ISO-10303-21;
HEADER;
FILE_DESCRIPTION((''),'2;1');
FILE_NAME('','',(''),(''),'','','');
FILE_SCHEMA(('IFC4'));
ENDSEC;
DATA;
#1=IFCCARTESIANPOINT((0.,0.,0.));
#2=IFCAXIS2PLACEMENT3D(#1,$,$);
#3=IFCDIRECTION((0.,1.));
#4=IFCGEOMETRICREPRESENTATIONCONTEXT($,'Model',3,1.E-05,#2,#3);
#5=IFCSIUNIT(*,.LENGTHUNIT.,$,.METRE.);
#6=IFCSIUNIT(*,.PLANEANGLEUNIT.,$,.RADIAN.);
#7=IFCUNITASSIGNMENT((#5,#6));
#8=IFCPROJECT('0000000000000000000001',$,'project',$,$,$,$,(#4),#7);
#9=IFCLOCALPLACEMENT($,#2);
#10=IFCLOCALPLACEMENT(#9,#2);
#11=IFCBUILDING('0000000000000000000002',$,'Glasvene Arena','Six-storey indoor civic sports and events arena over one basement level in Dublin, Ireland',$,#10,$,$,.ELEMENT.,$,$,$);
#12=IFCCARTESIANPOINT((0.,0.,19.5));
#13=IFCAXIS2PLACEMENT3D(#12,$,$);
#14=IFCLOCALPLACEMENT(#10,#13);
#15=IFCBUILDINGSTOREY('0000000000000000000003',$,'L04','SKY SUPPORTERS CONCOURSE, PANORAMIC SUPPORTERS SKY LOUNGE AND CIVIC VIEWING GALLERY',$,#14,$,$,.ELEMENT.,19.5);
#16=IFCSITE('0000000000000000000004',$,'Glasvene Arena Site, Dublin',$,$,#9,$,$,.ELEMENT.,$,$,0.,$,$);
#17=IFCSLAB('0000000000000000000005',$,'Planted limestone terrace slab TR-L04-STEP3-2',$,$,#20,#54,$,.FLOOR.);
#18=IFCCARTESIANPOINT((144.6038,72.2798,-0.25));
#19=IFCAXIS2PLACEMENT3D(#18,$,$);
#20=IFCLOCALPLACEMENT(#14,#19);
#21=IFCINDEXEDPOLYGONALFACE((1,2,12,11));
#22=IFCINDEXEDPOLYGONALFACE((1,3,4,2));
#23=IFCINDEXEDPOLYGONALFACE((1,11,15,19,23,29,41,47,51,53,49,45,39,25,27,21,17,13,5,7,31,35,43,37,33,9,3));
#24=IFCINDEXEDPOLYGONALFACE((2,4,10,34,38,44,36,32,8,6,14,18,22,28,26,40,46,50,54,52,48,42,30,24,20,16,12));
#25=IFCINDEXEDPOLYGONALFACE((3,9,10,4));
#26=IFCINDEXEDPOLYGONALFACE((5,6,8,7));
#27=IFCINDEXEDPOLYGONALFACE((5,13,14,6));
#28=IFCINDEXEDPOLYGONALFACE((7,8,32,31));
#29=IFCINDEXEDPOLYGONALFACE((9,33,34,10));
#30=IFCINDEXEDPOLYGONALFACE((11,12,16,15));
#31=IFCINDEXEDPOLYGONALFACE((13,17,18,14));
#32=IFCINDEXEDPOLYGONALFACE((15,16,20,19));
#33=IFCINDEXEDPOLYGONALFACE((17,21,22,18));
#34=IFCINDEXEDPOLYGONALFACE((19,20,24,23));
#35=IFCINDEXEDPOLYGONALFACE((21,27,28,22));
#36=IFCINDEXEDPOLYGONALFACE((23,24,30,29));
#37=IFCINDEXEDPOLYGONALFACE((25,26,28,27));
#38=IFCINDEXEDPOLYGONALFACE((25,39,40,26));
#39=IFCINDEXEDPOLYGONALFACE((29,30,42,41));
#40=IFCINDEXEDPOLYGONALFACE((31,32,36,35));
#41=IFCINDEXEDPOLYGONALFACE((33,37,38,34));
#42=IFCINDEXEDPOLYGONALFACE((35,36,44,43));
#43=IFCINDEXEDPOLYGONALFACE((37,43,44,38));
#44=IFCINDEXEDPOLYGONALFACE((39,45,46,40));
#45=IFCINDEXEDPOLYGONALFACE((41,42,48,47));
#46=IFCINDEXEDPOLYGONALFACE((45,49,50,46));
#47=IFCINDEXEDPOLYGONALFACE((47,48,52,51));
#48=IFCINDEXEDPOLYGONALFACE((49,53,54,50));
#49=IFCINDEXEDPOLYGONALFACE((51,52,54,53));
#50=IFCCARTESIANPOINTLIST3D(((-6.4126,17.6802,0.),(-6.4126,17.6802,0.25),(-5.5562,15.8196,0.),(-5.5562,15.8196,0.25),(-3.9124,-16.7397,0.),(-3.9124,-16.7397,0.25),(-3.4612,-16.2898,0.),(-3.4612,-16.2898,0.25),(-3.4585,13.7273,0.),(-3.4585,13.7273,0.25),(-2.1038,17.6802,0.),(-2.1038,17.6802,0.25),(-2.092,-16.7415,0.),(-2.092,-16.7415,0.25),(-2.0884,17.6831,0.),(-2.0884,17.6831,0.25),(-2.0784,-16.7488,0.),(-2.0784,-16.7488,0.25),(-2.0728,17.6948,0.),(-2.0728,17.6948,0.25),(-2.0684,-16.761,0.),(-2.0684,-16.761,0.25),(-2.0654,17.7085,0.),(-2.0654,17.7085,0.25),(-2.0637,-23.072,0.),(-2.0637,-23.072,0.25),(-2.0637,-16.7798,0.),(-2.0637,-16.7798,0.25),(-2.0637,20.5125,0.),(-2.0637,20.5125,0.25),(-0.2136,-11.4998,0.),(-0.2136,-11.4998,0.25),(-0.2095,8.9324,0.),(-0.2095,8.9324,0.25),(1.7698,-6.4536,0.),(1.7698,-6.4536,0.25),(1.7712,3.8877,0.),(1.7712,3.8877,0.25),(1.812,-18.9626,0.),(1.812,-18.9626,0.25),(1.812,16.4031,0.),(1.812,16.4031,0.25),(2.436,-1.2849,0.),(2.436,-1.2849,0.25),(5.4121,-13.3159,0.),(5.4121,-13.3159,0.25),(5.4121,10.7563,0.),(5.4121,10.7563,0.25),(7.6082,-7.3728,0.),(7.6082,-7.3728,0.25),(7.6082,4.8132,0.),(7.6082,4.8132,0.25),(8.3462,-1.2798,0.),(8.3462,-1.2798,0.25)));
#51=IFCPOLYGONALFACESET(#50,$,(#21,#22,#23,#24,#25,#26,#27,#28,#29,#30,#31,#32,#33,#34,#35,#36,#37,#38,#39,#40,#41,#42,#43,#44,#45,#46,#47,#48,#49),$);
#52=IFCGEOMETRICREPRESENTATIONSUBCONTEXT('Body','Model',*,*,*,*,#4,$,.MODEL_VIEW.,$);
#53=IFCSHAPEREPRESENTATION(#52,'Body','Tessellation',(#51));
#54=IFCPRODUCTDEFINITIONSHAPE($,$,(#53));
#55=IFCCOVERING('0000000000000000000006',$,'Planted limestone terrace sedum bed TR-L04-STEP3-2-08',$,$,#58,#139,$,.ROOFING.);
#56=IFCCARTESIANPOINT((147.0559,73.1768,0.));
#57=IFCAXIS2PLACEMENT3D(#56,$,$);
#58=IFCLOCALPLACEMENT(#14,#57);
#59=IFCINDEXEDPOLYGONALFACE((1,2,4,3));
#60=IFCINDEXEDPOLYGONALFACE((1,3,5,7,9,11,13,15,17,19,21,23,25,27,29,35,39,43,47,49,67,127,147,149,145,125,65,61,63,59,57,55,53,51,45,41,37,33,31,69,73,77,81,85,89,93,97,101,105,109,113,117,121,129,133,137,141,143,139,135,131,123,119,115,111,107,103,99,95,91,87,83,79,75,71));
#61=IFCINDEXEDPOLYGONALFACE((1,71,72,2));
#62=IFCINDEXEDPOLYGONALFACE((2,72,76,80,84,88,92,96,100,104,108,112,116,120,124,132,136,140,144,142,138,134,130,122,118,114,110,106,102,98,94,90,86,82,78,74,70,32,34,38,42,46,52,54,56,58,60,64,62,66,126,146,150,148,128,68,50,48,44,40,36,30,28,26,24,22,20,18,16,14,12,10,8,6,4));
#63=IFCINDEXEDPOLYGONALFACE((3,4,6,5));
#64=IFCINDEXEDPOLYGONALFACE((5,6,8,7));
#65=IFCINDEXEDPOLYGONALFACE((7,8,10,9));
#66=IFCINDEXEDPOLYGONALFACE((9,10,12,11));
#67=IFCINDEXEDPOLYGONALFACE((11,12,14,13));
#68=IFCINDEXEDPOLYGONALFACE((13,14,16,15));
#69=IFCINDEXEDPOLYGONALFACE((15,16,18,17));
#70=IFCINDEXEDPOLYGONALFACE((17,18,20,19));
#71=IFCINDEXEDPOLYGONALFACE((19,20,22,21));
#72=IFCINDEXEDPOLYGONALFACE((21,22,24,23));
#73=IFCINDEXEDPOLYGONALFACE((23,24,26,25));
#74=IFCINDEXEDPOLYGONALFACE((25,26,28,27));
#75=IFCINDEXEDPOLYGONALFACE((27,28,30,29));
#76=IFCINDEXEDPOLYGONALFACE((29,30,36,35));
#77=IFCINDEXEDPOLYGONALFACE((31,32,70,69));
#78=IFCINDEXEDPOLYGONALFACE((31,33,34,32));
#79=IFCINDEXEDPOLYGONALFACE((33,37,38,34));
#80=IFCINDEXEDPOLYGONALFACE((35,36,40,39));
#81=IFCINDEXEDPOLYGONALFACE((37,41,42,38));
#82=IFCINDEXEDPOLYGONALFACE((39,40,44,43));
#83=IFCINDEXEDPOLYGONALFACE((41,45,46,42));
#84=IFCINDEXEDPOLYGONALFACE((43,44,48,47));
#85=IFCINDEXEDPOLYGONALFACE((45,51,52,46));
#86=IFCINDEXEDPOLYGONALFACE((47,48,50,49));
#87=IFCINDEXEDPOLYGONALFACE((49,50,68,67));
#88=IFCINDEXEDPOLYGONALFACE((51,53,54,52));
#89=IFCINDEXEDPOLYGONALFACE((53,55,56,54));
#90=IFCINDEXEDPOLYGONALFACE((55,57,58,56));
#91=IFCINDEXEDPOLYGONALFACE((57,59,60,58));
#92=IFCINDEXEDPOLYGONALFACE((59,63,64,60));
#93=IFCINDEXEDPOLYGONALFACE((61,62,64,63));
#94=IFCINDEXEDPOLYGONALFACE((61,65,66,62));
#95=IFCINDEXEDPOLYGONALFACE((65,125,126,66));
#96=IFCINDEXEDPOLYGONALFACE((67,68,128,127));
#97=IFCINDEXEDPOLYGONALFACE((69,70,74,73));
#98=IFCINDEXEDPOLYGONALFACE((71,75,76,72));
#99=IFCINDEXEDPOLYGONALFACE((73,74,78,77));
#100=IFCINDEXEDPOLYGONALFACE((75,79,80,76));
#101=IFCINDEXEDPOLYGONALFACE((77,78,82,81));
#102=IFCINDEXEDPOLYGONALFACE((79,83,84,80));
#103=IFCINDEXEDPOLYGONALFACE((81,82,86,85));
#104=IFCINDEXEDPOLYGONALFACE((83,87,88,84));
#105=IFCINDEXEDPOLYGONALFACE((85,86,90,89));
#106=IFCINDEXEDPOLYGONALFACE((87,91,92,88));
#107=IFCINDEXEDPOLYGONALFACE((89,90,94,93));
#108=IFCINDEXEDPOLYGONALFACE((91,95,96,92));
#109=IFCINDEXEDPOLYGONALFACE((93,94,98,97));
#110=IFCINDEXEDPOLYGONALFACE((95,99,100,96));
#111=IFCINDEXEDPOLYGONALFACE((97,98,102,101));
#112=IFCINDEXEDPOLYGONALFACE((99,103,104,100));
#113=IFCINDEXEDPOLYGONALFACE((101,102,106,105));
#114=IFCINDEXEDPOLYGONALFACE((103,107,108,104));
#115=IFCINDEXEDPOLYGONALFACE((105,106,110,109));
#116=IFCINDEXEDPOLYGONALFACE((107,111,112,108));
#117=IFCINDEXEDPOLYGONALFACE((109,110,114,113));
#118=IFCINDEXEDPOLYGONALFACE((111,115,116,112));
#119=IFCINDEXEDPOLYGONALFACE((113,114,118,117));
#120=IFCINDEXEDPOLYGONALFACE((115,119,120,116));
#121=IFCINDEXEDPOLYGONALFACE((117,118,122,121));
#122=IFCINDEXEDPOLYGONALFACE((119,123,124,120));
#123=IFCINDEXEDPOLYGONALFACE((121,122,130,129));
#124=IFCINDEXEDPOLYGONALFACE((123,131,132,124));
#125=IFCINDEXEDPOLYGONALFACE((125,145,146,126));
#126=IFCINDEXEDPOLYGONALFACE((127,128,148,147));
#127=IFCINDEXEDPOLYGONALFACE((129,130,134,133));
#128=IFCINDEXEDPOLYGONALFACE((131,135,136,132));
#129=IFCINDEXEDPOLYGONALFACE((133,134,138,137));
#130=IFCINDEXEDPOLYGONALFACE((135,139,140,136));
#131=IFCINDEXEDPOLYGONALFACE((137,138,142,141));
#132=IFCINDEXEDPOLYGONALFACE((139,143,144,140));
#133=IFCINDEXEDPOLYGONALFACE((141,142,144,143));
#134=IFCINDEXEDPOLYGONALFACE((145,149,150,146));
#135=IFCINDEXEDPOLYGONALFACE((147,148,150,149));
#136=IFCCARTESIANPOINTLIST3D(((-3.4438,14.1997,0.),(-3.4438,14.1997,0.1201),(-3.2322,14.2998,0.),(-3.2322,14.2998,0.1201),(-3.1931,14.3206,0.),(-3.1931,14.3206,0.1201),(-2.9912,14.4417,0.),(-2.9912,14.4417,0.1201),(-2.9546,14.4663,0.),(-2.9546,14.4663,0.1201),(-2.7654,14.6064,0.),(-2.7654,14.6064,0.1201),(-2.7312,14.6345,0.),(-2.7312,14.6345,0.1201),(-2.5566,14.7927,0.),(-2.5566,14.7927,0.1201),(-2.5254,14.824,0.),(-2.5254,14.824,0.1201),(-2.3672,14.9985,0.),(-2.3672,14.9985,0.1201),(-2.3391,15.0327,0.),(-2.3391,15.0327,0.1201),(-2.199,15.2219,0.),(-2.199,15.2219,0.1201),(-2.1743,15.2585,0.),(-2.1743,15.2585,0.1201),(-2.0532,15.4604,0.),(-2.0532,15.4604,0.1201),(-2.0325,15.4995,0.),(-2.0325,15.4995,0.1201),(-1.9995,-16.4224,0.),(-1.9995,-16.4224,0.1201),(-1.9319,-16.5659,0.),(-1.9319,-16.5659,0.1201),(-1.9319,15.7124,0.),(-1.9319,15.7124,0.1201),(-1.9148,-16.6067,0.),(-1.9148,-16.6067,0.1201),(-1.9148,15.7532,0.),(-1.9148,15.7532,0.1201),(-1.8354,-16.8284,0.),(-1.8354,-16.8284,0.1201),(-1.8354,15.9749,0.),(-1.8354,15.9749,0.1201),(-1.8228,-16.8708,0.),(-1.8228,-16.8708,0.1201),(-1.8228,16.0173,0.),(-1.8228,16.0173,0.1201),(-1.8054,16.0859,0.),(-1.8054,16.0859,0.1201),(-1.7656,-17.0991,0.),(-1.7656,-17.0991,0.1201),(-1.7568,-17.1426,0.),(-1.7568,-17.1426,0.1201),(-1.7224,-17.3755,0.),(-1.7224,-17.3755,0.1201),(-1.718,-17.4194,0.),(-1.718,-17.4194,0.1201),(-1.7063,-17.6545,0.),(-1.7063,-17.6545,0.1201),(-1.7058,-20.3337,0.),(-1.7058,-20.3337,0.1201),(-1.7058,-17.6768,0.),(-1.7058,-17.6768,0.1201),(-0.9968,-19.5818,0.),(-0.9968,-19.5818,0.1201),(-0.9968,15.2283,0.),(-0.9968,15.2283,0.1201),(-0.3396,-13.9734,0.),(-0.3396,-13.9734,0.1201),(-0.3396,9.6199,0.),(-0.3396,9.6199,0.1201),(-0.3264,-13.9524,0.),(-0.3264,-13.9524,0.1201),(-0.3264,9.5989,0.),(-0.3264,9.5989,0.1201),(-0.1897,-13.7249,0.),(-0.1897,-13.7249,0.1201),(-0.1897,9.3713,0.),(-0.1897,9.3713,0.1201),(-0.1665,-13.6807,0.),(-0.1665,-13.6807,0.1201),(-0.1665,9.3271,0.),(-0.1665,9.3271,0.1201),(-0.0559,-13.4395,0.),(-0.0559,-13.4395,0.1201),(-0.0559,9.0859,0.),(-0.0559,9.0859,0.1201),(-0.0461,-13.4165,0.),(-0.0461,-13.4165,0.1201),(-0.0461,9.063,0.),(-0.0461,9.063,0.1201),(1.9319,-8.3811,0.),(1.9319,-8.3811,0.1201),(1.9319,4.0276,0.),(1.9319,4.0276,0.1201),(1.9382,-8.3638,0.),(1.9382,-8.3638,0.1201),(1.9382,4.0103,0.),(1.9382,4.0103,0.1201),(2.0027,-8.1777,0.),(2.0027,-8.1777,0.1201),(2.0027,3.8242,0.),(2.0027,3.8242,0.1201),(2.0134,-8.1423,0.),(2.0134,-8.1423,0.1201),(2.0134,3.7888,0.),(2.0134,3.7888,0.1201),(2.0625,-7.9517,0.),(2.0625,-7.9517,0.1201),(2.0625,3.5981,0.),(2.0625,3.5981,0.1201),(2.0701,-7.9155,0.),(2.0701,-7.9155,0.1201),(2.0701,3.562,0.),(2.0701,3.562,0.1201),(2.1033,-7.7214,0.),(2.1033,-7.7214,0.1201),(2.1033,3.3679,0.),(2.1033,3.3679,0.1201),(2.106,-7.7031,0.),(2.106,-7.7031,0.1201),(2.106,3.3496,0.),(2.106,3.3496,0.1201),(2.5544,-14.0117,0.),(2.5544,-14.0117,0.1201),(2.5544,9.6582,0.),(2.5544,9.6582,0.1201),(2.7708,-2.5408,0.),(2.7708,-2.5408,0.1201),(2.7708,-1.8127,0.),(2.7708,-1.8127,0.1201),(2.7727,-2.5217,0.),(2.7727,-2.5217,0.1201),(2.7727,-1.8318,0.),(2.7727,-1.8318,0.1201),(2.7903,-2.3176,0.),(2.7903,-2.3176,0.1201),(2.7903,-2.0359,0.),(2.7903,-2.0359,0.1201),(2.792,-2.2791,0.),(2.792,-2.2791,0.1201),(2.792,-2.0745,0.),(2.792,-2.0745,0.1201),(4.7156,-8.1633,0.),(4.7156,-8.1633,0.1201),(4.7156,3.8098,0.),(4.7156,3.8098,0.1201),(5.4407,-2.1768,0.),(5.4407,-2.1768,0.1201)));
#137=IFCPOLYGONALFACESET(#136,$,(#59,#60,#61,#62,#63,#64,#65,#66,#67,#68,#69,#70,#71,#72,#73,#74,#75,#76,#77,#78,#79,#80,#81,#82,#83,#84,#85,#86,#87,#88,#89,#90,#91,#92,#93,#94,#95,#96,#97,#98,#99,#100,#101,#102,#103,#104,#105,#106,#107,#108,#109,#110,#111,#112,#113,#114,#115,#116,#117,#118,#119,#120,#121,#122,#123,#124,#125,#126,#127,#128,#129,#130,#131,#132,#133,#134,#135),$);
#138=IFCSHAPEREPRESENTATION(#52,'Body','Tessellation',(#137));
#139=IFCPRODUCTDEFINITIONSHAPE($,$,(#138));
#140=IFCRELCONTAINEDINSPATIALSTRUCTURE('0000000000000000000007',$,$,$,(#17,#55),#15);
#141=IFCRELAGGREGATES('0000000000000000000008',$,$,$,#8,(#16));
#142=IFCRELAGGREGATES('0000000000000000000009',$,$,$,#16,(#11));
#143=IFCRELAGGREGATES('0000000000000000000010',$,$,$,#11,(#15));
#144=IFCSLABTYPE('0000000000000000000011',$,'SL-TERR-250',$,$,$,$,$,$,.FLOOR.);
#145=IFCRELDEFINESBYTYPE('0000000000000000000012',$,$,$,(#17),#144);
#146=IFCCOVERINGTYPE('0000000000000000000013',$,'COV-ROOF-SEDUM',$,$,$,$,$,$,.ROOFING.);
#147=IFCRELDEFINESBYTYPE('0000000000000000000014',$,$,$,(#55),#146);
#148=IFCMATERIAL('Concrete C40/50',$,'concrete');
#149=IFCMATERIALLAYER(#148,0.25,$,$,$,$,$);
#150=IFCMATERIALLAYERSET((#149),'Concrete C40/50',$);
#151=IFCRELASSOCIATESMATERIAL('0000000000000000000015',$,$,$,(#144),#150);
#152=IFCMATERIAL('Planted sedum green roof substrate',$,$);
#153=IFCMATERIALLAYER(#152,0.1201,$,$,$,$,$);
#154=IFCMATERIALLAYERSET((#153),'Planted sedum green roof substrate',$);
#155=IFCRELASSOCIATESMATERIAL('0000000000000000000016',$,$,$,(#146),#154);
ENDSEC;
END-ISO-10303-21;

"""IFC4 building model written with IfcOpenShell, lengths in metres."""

from ifc_helpers import new_model, si_unit, direction, frame, origin, place, context, subcontext, project, spatial, polyline, outline, extrude, material, layer, layer_set, type_object, element, save


model = new_model("IFC4")

# Units and contexts
model_context = context("Model", 3, precision=1e-05, world=origin(), true_north=direction((0.0, 1.0)))
body_context = subcontext(model_context, "Body", "Model", "MODEL_VIEW")
ifc_project = project(units=[si_unit("LENGTHUNIT", "METRE"), si_unit("PLANEANGLEUNIT", "RADIAN")], contexts=[model_context])

# Site, building, storey
site_placement = place(None, origin())
site = spatial("IfcSite", under=ifc_project, at=site_placement, Name="Glasvene Arena Site, Dublin", CompositionType="ELEMENT", RefElevation=0.0)
building_placement = place(site_placement, origin())
building = spatial("IfcBuilding", under=site, at=building_placement, Name="Glasvene Arena", Description="Six-storey indoor civic sports and events arena over one basement level in Dublin, Ireland", CompositionType="ELEMENT")
storey_placement = place(building_placement, frame((0.0, 0.0, 19.5)))
storey = spatial("IfcBuildingStorey", under=building, at=storey_placement, Name="L04", Description="SKY SUPPORTERS CONCOURSE, PANORAMIC SUPPORTERS SKY LOUNGE AND CIVIC VIEWING GALLERY", CompositionType="ELEMENT", Elevation=19.5)

# Slab
ifc_material_1 = material(Name="Concrete C40/50", Category="concrete")
ifc_layer_1 = layer(ifc_material_1, 0.25)
ifc_layer_set_1 = layer_set([ifc_layer_1], Name="Concrete C40/50")
slab_type = type_object("IfcSlabType", Name="SL-TERR-250", PredefinedType="FLOOR", material=ifc_layer_set_1)
slab_placement = place(storey_placement, frame((144.6038, 72.2798, -0.25)))
element("IfcSlab", 1, at=slab_placement, inside=storey, type_object=slab_type, Name="Planted limestone terrace slab TR-L04-STEP3-2", PredefinedType="FLOOR", context=body_context, shape_type="SweptSolid", body=[
    extrude(outline(polyline([(5.4121, 10.7563), (7.6082, 4.8132), (8.3462, -1.2798), (7.6082, -7.3728), (5.4121, -13.3159), (1.812, -18.9626), (-2.0637, -23.072), (-2.0637, -16.7798), (-2.0684, -16.761), (-2.0784, -16.7488), (-2.092, -16.7415), (-3.9124, -16.7397), (-3.4612, -16.2898), (-0.2136, -11.4998), (1.7698, -6.4536), (2.436, -1.2849), (1.7712, 3.8877), (-0.2095, 8.9324), (-3.4585, 13.7273), (-5.5562, 15.8196), (-6.4126, 17.6802), (-2.1038, 17.6802), (-2.0884, 17.6831), (-2.0728, 17.6948), (-2.0654, 17.7085), (-2.0637, 20.5125), (1.812, 16.4031), (5.4121, 10.7563)])), origin(), (0.0, 0.0, 1.0), 0.25),
])

# Covering
ifc_material_2 = material(Name="Planted sedum green roof substrate")
ifc_layer_2 = layer(ifc_material_2, 0.1201)
ifc_layer_set_2 = layer_set([ifc_layer_2], Name="Planted sedum green roof substrate")
covering_type = type_object("IfcCoveringType", Name="COV-ROOF-SEDUM", PredefinedType="ROOFING", material=ifc_layer_set_2)
covering_placement = place(storey_placement, frame((147.0559, 73.1768, 0.0)))
element("IfcCovering", 2, at=covering_placement, inside=storey, type_object=covering_type, Name="Planted limestone terrace sedum bed TR-L04-STEP3-2-08", PredefinedType="ROOFING", context=body_context, shape_type="SweptSolid", body=[
    extrude(outline(polyline([(-3.4438, 14.1997), (-3.2322, 14.2998), (-3.1931, 14.3206), (-2.9912, 14.4417), (-2.9546, 14.4663), (-2.7654, 14.6064), (-2.7312, 14.6345), (-2.5566, 14.7927), (-2.5254, 14.824), (-2.3672, 14.9985), (-2.3391, 15.0327), (-2.199, 15.2219), (-2.1743, 15.2585), (-2.0532, 15.4604), (-2.0325, 15.4995), (-1.9319, 15.7124), (-1.9148, 15.7532), (-1.8354, 15.9749), (-1.8228, 16.0173), (-1.8054, 16.0859), (-0.9968, 15.2283), (2.5544, 9.6582), (4.7156, 3.8098), (5.4407, -2.1768), (4.7156, -8.1633), (2.5544, -14.0117), (-0.9968, -19.5818), (-1.7058, -20.3337), (-1.7058, -17.6768), (-1.7063, -17.6545), (-1.718, -17.4194), (-1.7224, -17.3755), (-1.7568, -17.1426), (-1.7656, -17.0991), (-1.8228, -16.8708), (-1.8354, -16.8284), (-1.9148, -16.6067), (-1.9319, -16.5659), (-1.9995, -16.4224), (-0.3396, -13.9734), (-0.3264, -13.9524), (-0.1897, -13.7249), (-0.1665, -13.6807), (-0.0559, -13.4395), (-0.0461, -13.4165), (1.9319, -8.3811), (1.9382, -8.3638), (2.0027, -8.1777), (2.0134, -8.1423), (2.0625, -7.9517), (2.0701, -7.9155), (2.1033, -7.7214), (2.106, -7.7031), (2.7708, -2.5408), (2.7727, -2.5217), (2.7903, -2.3176), (2.792, -2.2791), (2.792, -2.0745), (2.7903, -2.0359), (2.7727, -1.8318), (2.7708, -1.8127), (2.106, 3.3496), (2.1033, 3.3679), (2.0701, 3.562), (2.0625, 3.5981), (2.0134, 3.7888), (2.0027, 3.8242), (1.9382, 4.0103), (1.9319, 4.0276), (-0.0461, 9.063), (-0.0559, 9.0859), (-0.1665, 9.3271), (-0.1897, 9.3713), (-0.3264, 9.5989), (-0.3396, 9.6199), (-3.4438, 14.1997)])), origin(), (0.0, 0.0, 1.0), 0.1201),
])

save(model, "model.ifc")
